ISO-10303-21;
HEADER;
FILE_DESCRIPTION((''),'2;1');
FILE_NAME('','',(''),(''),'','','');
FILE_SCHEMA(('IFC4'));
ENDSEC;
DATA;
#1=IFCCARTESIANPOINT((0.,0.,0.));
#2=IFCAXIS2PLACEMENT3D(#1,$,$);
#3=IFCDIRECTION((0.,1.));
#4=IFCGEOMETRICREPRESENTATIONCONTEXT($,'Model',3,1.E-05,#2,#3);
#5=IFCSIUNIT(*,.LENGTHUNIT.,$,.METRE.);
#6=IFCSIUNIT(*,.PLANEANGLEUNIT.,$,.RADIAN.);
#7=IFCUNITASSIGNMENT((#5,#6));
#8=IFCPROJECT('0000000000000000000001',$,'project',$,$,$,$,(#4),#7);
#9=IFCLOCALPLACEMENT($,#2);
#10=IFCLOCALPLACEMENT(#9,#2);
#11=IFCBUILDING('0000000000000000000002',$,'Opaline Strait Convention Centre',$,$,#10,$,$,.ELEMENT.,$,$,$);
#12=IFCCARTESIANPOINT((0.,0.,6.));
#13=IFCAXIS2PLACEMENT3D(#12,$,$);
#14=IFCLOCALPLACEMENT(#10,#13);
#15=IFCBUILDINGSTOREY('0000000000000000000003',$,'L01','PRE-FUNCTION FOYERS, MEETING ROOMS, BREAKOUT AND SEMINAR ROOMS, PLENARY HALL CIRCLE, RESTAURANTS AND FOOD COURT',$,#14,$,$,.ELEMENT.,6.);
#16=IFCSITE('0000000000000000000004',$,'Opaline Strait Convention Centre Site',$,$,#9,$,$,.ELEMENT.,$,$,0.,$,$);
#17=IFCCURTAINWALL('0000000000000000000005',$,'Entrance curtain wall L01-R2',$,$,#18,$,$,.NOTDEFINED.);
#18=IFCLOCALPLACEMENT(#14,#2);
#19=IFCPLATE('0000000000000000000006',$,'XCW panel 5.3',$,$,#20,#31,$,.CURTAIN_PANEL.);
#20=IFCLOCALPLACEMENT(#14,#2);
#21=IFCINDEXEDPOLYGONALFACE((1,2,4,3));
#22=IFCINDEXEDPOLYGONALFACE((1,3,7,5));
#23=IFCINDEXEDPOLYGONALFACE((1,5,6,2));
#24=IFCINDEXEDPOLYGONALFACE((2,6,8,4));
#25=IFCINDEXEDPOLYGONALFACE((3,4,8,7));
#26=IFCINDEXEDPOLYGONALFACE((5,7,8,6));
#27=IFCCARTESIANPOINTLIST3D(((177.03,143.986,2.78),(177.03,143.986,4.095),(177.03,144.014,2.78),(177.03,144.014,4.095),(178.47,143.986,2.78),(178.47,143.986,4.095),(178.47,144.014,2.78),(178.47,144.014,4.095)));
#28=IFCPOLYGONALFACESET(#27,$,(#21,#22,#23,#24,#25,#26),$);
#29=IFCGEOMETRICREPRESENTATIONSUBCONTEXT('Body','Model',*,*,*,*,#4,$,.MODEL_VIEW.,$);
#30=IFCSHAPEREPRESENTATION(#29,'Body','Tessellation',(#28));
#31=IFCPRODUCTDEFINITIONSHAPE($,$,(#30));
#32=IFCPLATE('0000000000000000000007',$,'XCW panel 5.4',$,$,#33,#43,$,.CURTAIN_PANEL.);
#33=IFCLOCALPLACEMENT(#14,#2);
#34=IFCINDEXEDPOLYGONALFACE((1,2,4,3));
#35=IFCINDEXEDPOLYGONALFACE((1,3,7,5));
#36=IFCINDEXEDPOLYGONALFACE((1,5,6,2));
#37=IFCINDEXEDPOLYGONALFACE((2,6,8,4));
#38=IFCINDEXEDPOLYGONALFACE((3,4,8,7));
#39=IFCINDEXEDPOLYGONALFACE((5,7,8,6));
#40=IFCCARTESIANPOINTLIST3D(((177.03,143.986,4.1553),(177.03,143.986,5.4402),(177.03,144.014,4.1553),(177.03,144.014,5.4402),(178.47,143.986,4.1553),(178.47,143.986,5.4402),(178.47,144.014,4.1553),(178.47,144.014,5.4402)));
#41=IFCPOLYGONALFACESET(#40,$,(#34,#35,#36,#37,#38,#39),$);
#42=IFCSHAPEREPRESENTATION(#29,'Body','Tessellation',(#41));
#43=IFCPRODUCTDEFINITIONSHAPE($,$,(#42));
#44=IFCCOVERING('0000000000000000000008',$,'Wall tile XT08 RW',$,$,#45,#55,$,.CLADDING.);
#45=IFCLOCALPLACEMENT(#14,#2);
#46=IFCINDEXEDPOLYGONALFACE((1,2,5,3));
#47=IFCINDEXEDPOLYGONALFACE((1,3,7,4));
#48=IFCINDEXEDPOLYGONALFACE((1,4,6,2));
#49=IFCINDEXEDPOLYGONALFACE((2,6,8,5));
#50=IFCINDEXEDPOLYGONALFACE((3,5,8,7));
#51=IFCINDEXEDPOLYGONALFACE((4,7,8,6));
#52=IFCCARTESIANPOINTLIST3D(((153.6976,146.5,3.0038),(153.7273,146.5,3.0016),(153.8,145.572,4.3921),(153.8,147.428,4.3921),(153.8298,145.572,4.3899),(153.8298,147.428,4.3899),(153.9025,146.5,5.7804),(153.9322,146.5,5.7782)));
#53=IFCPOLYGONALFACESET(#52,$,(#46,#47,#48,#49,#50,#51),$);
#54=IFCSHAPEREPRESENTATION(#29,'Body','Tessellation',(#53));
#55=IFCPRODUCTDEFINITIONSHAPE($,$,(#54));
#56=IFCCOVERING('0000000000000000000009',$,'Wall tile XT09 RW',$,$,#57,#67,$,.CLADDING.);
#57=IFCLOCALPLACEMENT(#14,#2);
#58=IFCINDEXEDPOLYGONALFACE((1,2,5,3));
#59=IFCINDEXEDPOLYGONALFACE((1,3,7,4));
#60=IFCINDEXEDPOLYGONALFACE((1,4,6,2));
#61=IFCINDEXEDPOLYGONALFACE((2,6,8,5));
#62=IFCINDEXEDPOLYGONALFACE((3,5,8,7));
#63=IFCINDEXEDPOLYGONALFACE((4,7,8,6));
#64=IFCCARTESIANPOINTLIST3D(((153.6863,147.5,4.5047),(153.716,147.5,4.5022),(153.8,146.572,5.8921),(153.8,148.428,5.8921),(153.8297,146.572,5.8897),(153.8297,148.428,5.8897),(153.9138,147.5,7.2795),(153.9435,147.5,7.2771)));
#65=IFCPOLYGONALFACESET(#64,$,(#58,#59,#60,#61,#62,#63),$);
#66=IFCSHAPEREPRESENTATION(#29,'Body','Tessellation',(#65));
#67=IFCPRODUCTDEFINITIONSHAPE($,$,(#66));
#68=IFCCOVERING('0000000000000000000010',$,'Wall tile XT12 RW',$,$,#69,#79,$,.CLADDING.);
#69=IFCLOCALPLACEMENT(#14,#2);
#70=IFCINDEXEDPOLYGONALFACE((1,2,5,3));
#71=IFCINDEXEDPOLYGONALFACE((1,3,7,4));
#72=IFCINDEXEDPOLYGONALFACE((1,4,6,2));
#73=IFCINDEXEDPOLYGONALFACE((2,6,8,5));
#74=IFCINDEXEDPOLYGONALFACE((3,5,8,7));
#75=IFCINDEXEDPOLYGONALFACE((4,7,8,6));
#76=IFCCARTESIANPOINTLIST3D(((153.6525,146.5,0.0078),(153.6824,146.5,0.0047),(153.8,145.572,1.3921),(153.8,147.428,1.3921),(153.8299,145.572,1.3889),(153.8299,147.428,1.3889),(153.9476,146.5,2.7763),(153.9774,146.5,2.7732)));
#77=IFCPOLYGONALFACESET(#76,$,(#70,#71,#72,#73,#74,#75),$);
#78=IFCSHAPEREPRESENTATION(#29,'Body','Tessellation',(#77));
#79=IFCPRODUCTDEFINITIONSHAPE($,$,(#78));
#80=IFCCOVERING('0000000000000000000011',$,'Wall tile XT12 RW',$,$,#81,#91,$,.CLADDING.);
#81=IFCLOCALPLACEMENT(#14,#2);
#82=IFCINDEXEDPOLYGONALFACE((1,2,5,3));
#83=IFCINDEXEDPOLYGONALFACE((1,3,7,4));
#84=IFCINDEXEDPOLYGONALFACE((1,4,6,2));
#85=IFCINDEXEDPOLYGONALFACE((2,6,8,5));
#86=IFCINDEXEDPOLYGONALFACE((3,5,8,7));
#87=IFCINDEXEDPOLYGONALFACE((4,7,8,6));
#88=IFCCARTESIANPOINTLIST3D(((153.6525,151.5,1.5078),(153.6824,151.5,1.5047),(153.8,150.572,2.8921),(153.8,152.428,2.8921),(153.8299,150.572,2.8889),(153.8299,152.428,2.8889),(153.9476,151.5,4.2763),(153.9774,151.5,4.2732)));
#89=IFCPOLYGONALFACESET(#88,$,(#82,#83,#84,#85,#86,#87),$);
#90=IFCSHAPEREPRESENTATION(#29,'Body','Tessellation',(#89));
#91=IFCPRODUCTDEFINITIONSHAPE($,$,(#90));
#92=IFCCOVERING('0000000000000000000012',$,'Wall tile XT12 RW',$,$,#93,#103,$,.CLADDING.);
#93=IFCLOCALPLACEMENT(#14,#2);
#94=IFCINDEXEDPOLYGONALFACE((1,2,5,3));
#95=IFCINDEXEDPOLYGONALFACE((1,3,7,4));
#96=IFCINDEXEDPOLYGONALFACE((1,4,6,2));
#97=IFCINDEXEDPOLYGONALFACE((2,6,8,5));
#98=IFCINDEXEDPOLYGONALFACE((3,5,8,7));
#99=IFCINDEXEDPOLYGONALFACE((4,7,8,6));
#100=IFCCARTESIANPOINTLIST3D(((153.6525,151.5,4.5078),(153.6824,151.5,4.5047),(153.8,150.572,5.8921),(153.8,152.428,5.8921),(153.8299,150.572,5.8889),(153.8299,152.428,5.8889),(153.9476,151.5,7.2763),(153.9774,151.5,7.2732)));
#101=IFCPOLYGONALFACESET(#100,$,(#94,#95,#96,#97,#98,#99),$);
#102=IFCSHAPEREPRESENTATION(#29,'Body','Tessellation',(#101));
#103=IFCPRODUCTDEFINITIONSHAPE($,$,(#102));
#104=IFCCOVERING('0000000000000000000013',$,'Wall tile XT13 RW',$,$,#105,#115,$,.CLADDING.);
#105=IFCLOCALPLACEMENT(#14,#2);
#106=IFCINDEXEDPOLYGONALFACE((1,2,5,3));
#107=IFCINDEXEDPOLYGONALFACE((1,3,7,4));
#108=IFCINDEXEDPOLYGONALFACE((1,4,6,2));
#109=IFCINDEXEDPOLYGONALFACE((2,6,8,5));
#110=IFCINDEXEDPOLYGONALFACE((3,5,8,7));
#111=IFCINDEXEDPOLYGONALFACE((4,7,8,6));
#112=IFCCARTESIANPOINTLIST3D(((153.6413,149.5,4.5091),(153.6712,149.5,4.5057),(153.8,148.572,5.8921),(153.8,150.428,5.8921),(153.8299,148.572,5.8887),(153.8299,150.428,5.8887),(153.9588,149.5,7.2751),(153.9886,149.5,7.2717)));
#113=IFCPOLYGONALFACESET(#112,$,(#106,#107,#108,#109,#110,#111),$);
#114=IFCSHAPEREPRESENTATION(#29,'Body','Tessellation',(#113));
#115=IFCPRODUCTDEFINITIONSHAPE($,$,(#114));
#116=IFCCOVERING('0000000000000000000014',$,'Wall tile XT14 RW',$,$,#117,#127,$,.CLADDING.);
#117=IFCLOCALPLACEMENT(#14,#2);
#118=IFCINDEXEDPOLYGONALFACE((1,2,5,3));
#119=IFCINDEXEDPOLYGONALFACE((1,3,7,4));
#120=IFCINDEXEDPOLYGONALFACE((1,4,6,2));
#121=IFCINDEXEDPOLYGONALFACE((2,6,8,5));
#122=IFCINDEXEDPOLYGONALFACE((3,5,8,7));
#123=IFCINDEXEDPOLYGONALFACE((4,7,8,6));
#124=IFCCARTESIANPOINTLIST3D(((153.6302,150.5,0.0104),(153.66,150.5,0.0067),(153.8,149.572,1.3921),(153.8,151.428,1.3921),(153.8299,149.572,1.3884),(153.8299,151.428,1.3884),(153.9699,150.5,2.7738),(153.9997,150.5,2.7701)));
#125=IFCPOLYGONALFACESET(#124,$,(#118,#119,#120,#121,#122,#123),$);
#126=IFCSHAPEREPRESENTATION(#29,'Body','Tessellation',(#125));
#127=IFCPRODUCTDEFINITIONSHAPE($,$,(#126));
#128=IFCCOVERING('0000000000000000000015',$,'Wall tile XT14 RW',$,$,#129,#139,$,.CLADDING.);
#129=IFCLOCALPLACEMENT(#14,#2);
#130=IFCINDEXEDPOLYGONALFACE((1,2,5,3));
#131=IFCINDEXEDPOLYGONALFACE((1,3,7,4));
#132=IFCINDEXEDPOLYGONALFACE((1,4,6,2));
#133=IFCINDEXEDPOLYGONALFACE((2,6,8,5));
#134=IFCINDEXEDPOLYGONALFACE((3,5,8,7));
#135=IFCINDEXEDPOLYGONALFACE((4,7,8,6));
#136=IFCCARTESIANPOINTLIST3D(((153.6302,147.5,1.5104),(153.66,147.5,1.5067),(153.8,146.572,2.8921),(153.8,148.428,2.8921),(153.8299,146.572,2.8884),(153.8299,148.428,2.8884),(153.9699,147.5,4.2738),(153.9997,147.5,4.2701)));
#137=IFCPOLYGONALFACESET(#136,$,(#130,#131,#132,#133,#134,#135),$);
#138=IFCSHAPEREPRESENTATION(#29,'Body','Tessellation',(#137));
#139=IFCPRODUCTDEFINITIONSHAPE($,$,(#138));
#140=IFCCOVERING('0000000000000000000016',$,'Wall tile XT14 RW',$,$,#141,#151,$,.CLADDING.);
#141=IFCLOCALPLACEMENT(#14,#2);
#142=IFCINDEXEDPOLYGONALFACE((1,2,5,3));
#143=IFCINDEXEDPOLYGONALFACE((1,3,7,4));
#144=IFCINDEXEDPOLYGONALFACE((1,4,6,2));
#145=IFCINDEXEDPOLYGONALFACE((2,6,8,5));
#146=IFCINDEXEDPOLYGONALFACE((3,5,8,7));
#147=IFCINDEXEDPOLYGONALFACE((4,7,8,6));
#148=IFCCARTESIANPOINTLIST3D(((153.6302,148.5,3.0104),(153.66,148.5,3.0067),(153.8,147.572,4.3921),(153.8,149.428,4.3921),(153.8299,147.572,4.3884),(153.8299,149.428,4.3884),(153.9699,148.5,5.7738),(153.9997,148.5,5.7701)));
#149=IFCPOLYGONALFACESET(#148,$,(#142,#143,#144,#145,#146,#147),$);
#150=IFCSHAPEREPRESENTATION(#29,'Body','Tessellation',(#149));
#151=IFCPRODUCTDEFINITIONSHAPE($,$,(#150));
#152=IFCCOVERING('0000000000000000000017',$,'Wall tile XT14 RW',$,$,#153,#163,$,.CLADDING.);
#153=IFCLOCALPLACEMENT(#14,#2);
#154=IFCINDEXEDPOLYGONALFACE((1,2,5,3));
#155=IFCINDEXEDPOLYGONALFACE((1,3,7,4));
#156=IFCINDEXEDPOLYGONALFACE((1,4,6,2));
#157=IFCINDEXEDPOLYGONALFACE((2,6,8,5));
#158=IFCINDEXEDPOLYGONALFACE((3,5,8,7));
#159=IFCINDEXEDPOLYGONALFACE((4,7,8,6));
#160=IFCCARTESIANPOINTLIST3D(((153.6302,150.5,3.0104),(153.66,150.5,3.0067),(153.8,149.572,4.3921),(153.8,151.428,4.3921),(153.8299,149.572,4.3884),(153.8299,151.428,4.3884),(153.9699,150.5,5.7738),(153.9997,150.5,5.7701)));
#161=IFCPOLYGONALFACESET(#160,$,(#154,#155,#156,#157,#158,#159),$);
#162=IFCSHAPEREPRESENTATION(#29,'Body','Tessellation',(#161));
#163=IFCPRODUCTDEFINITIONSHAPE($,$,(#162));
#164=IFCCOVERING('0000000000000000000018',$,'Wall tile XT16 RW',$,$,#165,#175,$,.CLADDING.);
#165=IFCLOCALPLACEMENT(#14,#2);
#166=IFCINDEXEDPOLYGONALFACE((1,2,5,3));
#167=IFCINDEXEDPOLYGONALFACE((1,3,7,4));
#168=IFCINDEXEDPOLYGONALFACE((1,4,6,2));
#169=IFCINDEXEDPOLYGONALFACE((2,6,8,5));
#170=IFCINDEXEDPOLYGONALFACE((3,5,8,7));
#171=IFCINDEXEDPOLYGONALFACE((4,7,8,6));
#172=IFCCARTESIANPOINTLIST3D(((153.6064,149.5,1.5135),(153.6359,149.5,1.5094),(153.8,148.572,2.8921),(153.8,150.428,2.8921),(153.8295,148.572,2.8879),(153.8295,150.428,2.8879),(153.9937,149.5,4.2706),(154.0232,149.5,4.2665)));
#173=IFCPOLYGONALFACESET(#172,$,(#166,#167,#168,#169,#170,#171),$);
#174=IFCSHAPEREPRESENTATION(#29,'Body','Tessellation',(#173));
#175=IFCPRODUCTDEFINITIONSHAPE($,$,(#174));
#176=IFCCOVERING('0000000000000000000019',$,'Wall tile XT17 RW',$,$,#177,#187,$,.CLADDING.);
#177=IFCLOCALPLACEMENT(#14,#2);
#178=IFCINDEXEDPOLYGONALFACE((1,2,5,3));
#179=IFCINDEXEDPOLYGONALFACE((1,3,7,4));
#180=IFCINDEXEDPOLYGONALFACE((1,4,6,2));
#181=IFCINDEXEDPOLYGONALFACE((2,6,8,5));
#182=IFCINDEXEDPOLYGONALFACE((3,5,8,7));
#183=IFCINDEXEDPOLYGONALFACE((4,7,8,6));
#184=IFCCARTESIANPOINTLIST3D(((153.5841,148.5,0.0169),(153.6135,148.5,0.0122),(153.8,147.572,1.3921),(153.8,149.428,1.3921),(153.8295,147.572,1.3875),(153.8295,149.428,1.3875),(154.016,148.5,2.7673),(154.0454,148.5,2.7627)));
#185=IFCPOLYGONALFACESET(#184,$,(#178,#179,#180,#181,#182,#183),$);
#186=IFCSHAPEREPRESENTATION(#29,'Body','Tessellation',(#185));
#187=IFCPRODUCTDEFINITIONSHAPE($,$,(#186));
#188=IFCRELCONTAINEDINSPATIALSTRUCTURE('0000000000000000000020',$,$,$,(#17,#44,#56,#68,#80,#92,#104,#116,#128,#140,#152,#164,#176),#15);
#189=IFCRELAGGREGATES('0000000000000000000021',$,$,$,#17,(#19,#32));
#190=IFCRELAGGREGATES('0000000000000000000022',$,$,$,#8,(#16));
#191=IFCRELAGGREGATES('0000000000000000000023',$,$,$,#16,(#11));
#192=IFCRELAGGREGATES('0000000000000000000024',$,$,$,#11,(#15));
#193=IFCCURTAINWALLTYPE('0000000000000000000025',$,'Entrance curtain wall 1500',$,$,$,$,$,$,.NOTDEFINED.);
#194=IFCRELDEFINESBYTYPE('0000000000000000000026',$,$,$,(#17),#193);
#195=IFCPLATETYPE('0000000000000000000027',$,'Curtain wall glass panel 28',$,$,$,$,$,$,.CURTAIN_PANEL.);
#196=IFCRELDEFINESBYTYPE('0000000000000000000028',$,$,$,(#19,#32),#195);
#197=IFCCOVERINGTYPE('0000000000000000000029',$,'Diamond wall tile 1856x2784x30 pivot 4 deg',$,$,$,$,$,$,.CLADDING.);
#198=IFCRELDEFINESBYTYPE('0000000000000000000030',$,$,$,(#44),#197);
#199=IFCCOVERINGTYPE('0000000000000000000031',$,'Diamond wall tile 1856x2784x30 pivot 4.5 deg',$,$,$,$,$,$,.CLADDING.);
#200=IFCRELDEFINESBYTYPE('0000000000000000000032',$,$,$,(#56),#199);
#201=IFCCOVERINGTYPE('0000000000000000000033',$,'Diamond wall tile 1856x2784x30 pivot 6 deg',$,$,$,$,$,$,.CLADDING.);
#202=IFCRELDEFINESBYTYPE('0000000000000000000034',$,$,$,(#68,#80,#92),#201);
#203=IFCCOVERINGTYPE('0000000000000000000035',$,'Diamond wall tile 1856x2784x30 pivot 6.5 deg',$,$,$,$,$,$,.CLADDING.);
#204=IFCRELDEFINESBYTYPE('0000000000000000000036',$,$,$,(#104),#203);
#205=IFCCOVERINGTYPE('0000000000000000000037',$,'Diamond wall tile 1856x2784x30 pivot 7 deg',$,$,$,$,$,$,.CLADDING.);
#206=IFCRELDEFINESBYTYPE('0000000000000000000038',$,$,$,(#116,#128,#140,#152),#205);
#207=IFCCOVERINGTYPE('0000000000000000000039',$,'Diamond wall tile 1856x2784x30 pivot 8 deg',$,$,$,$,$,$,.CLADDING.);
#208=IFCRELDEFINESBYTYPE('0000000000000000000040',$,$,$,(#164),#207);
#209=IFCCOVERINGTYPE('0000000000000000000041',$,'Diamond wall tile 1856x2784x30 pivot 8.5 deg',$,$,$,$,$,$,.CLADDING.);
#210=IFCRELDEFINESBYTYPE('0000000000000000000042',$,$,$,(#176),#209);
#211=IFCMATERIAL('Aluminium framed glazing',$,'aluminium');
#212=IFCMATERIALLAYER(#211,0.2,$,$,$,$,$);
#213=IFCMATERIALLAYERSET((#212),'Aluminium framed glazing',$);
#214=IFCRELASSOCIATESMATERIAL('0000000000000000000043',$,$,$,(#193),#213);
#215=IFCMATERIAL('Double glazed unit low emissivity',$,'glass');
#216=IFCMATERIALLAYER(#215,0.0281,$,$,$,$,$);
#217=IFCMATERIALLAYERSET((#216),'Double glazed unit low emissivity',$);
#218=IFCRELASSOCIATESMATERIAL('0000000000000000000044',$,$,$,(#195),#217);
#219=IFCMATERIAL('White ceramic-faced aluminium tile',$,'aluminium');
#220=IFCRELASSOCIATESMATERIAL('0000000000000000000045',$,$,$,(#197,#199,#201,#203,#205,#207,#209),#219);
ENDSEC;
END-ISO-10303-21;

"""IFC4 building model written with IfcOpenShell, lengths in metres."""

from ifc_helpers import new_model, si_unit, direction, frame, origin, origin_2d, place, context, subcontext, project, spatial, polyline, rectangle, outline, extrude, material, layer, layer_set, material_profile, profile_set, type_object, element, aggregate, save


model = new_model("IFC4")

# Units and contexts
model_context = context("Model", 3, precision=1e-05, world=origin(), true_north=direction((0.0, 1.0)))
body_context = subcontext(model_context, "Body", "Model", "MODEL_VIEW")
ifc_project = project(units=[si_unit("LENGTHUNIT", "METRE"), si_unit("PLANEANGLEUNIT", "RADIAN")], contexts=[model_context])

# Site, building, storey
site_placement = place(None, origin())
site = spatial("IfcSite", under=ifc_project, at=site_placement, Name="Opaline Strait Convention Centre Site", CompositionType="ELEMENT", RefElevation=0.0)
building_placement = place(site_placement, origin())
building = spatial("IfcBuilding", under=site, at=building_placement, Name="Opaline Strait Convention Centre", CompositionType="ELEMENT")
storey_placement = place(building_placement, frame((0.0, 0.0, 6.0)))
storey = spatial("IfcBuildingStorey", under=building, at=storey_placement, Name="L01", Description="PRE-FUNCTION FOYERS, MEETING ROOMS, BREAKOUT AND SEMINAR ROOMS, PLENARY HALL CIRCLE, RESTAURANTS AND FOOD COURT", CompositionType="ELEMENT", Elevation=6.0)

# Curtain wall, plates
ifc_material_1 = material(Name="Aluminium framed glazing", Category="aluminium")
ifc_layer_1 = layer(ifc_material_1, 0.2)
ifc_layer_set_1 = layer_set([ifc_layer_1], Name="Aluminium framed glazing")
curtain_wall_type = type_object("IfcCurtainWallType", Name="Entrance curtain wall 1500", PredefinedType="NOTDEFINED", material=ifc_layer_set_1)
curtain_wall_placement = place(storey_placement, origin())
curtain_wall = element("IfcCurtainWall", 1, at=curtain_wall_placement, inside=storey, type_object=curtain_wall_type, Name="Entrance curtain wall L01-R2", PredefinedType="NOTDEFINED")
ifc_material_2 = material(Name="Double glazed unit low emissivity", Category="glass")
ifc_layer_2 = layer(ifc_material_2, 0.0281)
ifc_layer_set_2 = layer_set([ifc_layer_2], Name="Double glazed unit low emissivity")
plate_type = type_object("IfcPlateType", Name="Curtain wall glass panel 28", PredefinedType="CURTAIN_PANEL", material=ifc_layer_set_2)
plate_1_placement = place(storey_placement, frame((177.75, 144.0, 2.78), z_axis=(0.0, 0.0, 1.0), x_axis=(1.0, 0.0, 0.0)))
plate_1 = element("IfcPlate", 2, at=plate_1_placement, type_object=plate_type, Name="XCW panel 5.3", PredefinedType="CURTAIN_PANEL", context=body_context, shape_type="SweptSolid", body=[
    extrude(rectangle(XDim=1.4399, YDim=0.0281, at=origin_2d()), origin(), (0.0, 0.0, 1.0), 1.3149),
])
plate_2_placement = place(storey_placement, frame((177.75, 144.0, 4.1553), z_axis=(0.0, 0.0, 1.0), x_axis=(1.0, 0.0, 0.0)))
plate_2 = element("IfcPlate", 3, at=plate_2_placement, type_object=plate_type, Name="XCW panel 5.4", PredefinedType="CURTAIN_PANEL", context=body_context, shape_type="SweptSolid", body=[
    extrude(rectangle(XDim=1.4399, YDim=0.0281, at=origin_2d()), origin(), (0.0, 0.0, 1.0), 1.2849),
])
aggregate(curtain_wall, [plate_1, plate_2])

# Coverings
ifc_material_3 = material(Name="White ceramic-faced aluminium tile", Category="aluminium")
ifc_material_profile_1 = material_profile(ifc_material_3, outline(polyline([(0.928, 0.0), (0.0, 1.3921), (-0.928, 0.0), (0.0, -1.3921), (0.928, 0.0)])), Name="Diamond tile 1856x2784")
ifc_profile_set_1 = profile_set([ifc_material_profile_1], Name="White ceramic-faced aluminium tile")
covering_type_1 = type_object("IfcCoveringType", Name="Diamond wall tile 1856x2784x30 pivot 4 deg", PredefinedType="CLADDING", material=ifc_profile_set_1)
covering_1_placement = place(storey_placement, frame((153.8, 146.5, 4.3921), z_axis=(0.99729, 0.0, -0.073571), x_axis=(0.0, 1.0, 0.0)))
element("IfcCovering", 4, at=covering_1_placement, inside=storey, type_object=covering_type_1, Name="Wall tile XT08 RW", PredefinedType="CLADDING", context=body_context, shape_type="SweptSolid", body=[
    extrude(outline(polyline([(0.928, 0.0), (0.0, 1.3921), (-0.928, 0.0), (0.0, -1.3921), (0.928, 0.0)])), origin(), (0.0, 0.0, 1.0), 0.0298),
])
ifc_material_profile_2 = material_profile(ifc_material_3, outline(polyline([(0.928, 0.0), (0.0, 1.3921), (-0.928, 0.0), (0.0, -1.3921), (0.928, 0.0)])), Name="Diamond tile 1856x2784")
ifc_profile_set_2 = profile_set([ifc_material_profile_2], Name="White ceramic-faced aluminium tile")
covering_type_2 = type_object("IfcCoveringType", Name="Diamond wall tile 1856x2784x30 pivot 4.5 deg", PredefinedType="CLADDING", material=ifc_profile_set_2)
covering_2_placement = place(storey_placement, frame((153.8, 147.5, 5.8921), z_axis=(0.996658, 0.0, -0.081693), x_axis=(0.0, 1.0, 0.0)))
element("IfcCovering", 5, at=covering_2_placement, inside=storey, type_object=covering_type_2, Name="Wall tile XT09 RW", PredefinedType="CLADDING", context=body_context, shape_type="SweptSolid", body=[
    extrude(outline(polyline([(0.928, 0.0), (0.0, 1.3921), (-0.928, 0.0), (0.0, -1.3921), (0.928, 0.0)])), origin(), (0.0, 0.0, 1.0), 0.0298),
])
ifc_material_profile_3 = material_profile(ifc_material_3, outline(polyline([(0.928, 0.0), (0.0, 1.3921), (-0.928, 0.0), (0.0, -1.3921), (0.928, 0.0)])), Name="Diamond tile 1856x2784")
ifc_profile_set_3 = profile_set([ifc_material_profile_3], Name="White ceramic-faced aluminium tile")
covering_type_3 = type_object("IfcCoveringType", Name="Diamond wall tile 1856x2784x30 pivot 6 deg", PredefinedType="CLADDING", material=ifc_profile_set_3)
for number, where, z_axis, x_axis, name in (
    (6, (153.8, 146.5, 1.3921), (0.994371, 0.0, -0.105958), (0.0, 1.0, 0.0), "Wall tile XT12 RW"),
    (7, (153.8, 151.5, 2.8921), (0.994371, 0.0, -0.105958), (0.0, 1.0, 0.0), "Wall tile XT12 RW"),
    (8, (153.8, 151.5, 5.8921), (0.994371, 0.0, -0.105958), (0.0, 1.0, 0.0), "Wall tile XT12 RW"),
):
    element("IfcCovering", number, at=place(storey_placement, frame(where, z_axis=z_axis, x_axis=x_axis)), inside=storey, type_object=covering_type_3, Name=name, PredefinedType="CLADDING", context=body_context, shape_type="SweptSolid", body=[
        extrude(outline(polyline([(0.928, 0.0), (0.0, 1.3921), (-0.928, 0.0), (0.0, -1.3921), (0.928, 0.0)])), origin(), (0.0, 0.0, 1.0), 0.03),
    ])
ifc_material_profile_4 = material_profile(ifc_material_3, outline(polyline([(0.928, 0.0), (0.0, 1.3921), (-0.928, 0.0), (0.0, -1.3921), (0.928, 0.0)])), Name="Diamond tile 1856x2784")
ifc_profile_set_4 = profile_set([ifc_material_profile_4], Name="White ceramic-faced aluminium tile")
covering_type_4 = type_object("IfcCoveringType", Name="Diamond wall tile 1856x2784x30 pivot 6.5 deg", PredefinedType="CLADDING", material=ifc_profile_set_4)
covering_3_placement = place(storey_placement, frame((153.8, 149.5, 5.8921), z_axis=(0.99348, 0.0, -0.114006), x_axis=(0.0, 1.0, 0.0)))
element("IfcCovering", 9, at=covering_3_placement, inside=storey, type_object=covering_type_4, Name="Wall tile XT13 RW", PredefinedType="CLADDING", context=body_context, shape_type="SweptSolid", body=[
    extrude(outline(polyline([(0.928, 0.0), (0.0, 1.3921), (-0.928, 0.0), (0.0, -1.3921), (0.928, 0.0)])), origin(), (0.0, 0.0, 1.0), 0.03),
])
ifc_material_profile_5 = material_profile(ifc_material_3, outline(polyline([(0.928, 0.0), (0.0, 1.3921), (-0.928, 0.0), (0.0, -1.3921), (0.928, 0.0)])), Name="Diamond tile 1856x2784")
ifc_profile_set_5 = profile_set([ifc_material_profile_5], Name="White ceramic-faced aluminium tile")
covering_type_5 = type_object("IfcCoveringType", Name="Diamond wall tile 1856x2784x30 pivot 7 deg", PredefinedType="CLADDING", material=ifc_profile_set_5)
for number, where, z_axis, x_axis, name in (
    (10, (153.8, 150.5, 1.3921), (0.992526, 0.0, -0.122032), (0.0, 1.0, 0.0), "Wall tile XT14 RW"),
    (11, (153.8, 147.5, 2.8921), (0.992526, 0.0, -0.122032), (0.0, 1.0, 0.0), "Wall tile XT14 RW"),
    (12, (153.8, 148.5, 4.3921), (0.992526, 0.0, -0.122032), (0.0, 1.0, 0.0), "Wall tile XT14 RW"),
    (13, (153.8, 150.5, 4.3921), (0.992526, 0.0, -0.122032), (0.0, 1.0, 0.0), "Wall tile XT14 RW"),
):
    element("IfcCovering", number, at=place(storey_placement, frame(where, z_axis=z_axis, x_axis=x_axis)), inside=storey, type_object=covering_type_5, Name=name, PredefinedType="CLADDING", context=body_context, shape_type="SweptSolid", body=[
        extrude(outline(polyline([(0.928, 0.0), (0.0, 1.3921), (-0.928, 0.0), (0.0, -1.3921), (0.928, 0.0)])), origin(), (0.0, 0.0, 1.0), 0.03),
    ])
ifc_material_profile_6 = material_profile(ifc_material_3, outline(polyline([(0.928, 0.0), (0.0, 1.3921), (-0.928, 0.0), (0.0, -1.3921), (0.928, 0.0)])), Name="Diamond tile 1856x2784")
ifc_profile_set_6 = profile_set([ifc_material_profile_6], Name="White ceramic-faced aluminium tile")
covering_type_6 = type_object("IfcCoveringType", Name="Diamond wall tile 1856x2784x30 pivot 8 deg", PredefinedType="CLADDING", material=ifc_profile_set_6)
covering_4_placement = place(storey_placement, frame((153.8, 149.5, 2.8921), z_axis=(0.990274, 0.0, -0.139129), x_axis=(0.0, 1.0, 0.0)))
element("IfcCovering", 14, at=covering_4_placement, inside=storey, type_object=covering_type_6, Name="Wall tile XT16 RW", PredefinedType="CLADDING", context=body_context, shape_type="SweptSolid", body=[
    extrude(outline(polyline([(0.928, 0.0), (0.0, 1.3921), (-0.928, 0.0), (0.0, -1.3921), (0.928, 0.0)])), origin(), (0.0, 0.0, 1.0), 0.0298),
])
ifc_material_profile_7 = material_profile(ifc_material_3, outline(polyline([(0.928, 0.0), (0.0, 1.3921), (-0.928, 0.0), (0.0, -1.3921), (0.928, 0.0)])), Name="Diamond tile 1856x2784")
ifc_profile_set_7 = profile_set([ifc_material_profile_7], Name="White ceramic-faced aluminium tile")
covering_type_7 = type_object("IfcCoveringType", Name="Diamond wall tile 1856x2784x30 pivot 8.5 deg", PredefinedType="CLADDING", material=ifc_profile_set_7)
covering_5_placement = place(storey_placement, frame((153.8, 148.5, 1.3921), z_axis=(0.987895, 0.0, -0.155124), x_axis=(0.0, 1.0, 0.0)))
element("IfcCovering", 15, at=covering_5_placement, inside=storey, type_object=covering_type_7, Name="Wall tile XT17 RW", PredefinedType="CLADDING", context=body_context, shape_type="SweptSolid", body=[
    extrude(outline(polyline([(0.928, 0.0), (0.0, 1.3921), (-0.928, 0.0), (0.0, -1.3921), (0.928, 0.0)])), origin(), (0.0, 0.0, 1.0), 0.0298),
])

save(model, "model.ifc")
